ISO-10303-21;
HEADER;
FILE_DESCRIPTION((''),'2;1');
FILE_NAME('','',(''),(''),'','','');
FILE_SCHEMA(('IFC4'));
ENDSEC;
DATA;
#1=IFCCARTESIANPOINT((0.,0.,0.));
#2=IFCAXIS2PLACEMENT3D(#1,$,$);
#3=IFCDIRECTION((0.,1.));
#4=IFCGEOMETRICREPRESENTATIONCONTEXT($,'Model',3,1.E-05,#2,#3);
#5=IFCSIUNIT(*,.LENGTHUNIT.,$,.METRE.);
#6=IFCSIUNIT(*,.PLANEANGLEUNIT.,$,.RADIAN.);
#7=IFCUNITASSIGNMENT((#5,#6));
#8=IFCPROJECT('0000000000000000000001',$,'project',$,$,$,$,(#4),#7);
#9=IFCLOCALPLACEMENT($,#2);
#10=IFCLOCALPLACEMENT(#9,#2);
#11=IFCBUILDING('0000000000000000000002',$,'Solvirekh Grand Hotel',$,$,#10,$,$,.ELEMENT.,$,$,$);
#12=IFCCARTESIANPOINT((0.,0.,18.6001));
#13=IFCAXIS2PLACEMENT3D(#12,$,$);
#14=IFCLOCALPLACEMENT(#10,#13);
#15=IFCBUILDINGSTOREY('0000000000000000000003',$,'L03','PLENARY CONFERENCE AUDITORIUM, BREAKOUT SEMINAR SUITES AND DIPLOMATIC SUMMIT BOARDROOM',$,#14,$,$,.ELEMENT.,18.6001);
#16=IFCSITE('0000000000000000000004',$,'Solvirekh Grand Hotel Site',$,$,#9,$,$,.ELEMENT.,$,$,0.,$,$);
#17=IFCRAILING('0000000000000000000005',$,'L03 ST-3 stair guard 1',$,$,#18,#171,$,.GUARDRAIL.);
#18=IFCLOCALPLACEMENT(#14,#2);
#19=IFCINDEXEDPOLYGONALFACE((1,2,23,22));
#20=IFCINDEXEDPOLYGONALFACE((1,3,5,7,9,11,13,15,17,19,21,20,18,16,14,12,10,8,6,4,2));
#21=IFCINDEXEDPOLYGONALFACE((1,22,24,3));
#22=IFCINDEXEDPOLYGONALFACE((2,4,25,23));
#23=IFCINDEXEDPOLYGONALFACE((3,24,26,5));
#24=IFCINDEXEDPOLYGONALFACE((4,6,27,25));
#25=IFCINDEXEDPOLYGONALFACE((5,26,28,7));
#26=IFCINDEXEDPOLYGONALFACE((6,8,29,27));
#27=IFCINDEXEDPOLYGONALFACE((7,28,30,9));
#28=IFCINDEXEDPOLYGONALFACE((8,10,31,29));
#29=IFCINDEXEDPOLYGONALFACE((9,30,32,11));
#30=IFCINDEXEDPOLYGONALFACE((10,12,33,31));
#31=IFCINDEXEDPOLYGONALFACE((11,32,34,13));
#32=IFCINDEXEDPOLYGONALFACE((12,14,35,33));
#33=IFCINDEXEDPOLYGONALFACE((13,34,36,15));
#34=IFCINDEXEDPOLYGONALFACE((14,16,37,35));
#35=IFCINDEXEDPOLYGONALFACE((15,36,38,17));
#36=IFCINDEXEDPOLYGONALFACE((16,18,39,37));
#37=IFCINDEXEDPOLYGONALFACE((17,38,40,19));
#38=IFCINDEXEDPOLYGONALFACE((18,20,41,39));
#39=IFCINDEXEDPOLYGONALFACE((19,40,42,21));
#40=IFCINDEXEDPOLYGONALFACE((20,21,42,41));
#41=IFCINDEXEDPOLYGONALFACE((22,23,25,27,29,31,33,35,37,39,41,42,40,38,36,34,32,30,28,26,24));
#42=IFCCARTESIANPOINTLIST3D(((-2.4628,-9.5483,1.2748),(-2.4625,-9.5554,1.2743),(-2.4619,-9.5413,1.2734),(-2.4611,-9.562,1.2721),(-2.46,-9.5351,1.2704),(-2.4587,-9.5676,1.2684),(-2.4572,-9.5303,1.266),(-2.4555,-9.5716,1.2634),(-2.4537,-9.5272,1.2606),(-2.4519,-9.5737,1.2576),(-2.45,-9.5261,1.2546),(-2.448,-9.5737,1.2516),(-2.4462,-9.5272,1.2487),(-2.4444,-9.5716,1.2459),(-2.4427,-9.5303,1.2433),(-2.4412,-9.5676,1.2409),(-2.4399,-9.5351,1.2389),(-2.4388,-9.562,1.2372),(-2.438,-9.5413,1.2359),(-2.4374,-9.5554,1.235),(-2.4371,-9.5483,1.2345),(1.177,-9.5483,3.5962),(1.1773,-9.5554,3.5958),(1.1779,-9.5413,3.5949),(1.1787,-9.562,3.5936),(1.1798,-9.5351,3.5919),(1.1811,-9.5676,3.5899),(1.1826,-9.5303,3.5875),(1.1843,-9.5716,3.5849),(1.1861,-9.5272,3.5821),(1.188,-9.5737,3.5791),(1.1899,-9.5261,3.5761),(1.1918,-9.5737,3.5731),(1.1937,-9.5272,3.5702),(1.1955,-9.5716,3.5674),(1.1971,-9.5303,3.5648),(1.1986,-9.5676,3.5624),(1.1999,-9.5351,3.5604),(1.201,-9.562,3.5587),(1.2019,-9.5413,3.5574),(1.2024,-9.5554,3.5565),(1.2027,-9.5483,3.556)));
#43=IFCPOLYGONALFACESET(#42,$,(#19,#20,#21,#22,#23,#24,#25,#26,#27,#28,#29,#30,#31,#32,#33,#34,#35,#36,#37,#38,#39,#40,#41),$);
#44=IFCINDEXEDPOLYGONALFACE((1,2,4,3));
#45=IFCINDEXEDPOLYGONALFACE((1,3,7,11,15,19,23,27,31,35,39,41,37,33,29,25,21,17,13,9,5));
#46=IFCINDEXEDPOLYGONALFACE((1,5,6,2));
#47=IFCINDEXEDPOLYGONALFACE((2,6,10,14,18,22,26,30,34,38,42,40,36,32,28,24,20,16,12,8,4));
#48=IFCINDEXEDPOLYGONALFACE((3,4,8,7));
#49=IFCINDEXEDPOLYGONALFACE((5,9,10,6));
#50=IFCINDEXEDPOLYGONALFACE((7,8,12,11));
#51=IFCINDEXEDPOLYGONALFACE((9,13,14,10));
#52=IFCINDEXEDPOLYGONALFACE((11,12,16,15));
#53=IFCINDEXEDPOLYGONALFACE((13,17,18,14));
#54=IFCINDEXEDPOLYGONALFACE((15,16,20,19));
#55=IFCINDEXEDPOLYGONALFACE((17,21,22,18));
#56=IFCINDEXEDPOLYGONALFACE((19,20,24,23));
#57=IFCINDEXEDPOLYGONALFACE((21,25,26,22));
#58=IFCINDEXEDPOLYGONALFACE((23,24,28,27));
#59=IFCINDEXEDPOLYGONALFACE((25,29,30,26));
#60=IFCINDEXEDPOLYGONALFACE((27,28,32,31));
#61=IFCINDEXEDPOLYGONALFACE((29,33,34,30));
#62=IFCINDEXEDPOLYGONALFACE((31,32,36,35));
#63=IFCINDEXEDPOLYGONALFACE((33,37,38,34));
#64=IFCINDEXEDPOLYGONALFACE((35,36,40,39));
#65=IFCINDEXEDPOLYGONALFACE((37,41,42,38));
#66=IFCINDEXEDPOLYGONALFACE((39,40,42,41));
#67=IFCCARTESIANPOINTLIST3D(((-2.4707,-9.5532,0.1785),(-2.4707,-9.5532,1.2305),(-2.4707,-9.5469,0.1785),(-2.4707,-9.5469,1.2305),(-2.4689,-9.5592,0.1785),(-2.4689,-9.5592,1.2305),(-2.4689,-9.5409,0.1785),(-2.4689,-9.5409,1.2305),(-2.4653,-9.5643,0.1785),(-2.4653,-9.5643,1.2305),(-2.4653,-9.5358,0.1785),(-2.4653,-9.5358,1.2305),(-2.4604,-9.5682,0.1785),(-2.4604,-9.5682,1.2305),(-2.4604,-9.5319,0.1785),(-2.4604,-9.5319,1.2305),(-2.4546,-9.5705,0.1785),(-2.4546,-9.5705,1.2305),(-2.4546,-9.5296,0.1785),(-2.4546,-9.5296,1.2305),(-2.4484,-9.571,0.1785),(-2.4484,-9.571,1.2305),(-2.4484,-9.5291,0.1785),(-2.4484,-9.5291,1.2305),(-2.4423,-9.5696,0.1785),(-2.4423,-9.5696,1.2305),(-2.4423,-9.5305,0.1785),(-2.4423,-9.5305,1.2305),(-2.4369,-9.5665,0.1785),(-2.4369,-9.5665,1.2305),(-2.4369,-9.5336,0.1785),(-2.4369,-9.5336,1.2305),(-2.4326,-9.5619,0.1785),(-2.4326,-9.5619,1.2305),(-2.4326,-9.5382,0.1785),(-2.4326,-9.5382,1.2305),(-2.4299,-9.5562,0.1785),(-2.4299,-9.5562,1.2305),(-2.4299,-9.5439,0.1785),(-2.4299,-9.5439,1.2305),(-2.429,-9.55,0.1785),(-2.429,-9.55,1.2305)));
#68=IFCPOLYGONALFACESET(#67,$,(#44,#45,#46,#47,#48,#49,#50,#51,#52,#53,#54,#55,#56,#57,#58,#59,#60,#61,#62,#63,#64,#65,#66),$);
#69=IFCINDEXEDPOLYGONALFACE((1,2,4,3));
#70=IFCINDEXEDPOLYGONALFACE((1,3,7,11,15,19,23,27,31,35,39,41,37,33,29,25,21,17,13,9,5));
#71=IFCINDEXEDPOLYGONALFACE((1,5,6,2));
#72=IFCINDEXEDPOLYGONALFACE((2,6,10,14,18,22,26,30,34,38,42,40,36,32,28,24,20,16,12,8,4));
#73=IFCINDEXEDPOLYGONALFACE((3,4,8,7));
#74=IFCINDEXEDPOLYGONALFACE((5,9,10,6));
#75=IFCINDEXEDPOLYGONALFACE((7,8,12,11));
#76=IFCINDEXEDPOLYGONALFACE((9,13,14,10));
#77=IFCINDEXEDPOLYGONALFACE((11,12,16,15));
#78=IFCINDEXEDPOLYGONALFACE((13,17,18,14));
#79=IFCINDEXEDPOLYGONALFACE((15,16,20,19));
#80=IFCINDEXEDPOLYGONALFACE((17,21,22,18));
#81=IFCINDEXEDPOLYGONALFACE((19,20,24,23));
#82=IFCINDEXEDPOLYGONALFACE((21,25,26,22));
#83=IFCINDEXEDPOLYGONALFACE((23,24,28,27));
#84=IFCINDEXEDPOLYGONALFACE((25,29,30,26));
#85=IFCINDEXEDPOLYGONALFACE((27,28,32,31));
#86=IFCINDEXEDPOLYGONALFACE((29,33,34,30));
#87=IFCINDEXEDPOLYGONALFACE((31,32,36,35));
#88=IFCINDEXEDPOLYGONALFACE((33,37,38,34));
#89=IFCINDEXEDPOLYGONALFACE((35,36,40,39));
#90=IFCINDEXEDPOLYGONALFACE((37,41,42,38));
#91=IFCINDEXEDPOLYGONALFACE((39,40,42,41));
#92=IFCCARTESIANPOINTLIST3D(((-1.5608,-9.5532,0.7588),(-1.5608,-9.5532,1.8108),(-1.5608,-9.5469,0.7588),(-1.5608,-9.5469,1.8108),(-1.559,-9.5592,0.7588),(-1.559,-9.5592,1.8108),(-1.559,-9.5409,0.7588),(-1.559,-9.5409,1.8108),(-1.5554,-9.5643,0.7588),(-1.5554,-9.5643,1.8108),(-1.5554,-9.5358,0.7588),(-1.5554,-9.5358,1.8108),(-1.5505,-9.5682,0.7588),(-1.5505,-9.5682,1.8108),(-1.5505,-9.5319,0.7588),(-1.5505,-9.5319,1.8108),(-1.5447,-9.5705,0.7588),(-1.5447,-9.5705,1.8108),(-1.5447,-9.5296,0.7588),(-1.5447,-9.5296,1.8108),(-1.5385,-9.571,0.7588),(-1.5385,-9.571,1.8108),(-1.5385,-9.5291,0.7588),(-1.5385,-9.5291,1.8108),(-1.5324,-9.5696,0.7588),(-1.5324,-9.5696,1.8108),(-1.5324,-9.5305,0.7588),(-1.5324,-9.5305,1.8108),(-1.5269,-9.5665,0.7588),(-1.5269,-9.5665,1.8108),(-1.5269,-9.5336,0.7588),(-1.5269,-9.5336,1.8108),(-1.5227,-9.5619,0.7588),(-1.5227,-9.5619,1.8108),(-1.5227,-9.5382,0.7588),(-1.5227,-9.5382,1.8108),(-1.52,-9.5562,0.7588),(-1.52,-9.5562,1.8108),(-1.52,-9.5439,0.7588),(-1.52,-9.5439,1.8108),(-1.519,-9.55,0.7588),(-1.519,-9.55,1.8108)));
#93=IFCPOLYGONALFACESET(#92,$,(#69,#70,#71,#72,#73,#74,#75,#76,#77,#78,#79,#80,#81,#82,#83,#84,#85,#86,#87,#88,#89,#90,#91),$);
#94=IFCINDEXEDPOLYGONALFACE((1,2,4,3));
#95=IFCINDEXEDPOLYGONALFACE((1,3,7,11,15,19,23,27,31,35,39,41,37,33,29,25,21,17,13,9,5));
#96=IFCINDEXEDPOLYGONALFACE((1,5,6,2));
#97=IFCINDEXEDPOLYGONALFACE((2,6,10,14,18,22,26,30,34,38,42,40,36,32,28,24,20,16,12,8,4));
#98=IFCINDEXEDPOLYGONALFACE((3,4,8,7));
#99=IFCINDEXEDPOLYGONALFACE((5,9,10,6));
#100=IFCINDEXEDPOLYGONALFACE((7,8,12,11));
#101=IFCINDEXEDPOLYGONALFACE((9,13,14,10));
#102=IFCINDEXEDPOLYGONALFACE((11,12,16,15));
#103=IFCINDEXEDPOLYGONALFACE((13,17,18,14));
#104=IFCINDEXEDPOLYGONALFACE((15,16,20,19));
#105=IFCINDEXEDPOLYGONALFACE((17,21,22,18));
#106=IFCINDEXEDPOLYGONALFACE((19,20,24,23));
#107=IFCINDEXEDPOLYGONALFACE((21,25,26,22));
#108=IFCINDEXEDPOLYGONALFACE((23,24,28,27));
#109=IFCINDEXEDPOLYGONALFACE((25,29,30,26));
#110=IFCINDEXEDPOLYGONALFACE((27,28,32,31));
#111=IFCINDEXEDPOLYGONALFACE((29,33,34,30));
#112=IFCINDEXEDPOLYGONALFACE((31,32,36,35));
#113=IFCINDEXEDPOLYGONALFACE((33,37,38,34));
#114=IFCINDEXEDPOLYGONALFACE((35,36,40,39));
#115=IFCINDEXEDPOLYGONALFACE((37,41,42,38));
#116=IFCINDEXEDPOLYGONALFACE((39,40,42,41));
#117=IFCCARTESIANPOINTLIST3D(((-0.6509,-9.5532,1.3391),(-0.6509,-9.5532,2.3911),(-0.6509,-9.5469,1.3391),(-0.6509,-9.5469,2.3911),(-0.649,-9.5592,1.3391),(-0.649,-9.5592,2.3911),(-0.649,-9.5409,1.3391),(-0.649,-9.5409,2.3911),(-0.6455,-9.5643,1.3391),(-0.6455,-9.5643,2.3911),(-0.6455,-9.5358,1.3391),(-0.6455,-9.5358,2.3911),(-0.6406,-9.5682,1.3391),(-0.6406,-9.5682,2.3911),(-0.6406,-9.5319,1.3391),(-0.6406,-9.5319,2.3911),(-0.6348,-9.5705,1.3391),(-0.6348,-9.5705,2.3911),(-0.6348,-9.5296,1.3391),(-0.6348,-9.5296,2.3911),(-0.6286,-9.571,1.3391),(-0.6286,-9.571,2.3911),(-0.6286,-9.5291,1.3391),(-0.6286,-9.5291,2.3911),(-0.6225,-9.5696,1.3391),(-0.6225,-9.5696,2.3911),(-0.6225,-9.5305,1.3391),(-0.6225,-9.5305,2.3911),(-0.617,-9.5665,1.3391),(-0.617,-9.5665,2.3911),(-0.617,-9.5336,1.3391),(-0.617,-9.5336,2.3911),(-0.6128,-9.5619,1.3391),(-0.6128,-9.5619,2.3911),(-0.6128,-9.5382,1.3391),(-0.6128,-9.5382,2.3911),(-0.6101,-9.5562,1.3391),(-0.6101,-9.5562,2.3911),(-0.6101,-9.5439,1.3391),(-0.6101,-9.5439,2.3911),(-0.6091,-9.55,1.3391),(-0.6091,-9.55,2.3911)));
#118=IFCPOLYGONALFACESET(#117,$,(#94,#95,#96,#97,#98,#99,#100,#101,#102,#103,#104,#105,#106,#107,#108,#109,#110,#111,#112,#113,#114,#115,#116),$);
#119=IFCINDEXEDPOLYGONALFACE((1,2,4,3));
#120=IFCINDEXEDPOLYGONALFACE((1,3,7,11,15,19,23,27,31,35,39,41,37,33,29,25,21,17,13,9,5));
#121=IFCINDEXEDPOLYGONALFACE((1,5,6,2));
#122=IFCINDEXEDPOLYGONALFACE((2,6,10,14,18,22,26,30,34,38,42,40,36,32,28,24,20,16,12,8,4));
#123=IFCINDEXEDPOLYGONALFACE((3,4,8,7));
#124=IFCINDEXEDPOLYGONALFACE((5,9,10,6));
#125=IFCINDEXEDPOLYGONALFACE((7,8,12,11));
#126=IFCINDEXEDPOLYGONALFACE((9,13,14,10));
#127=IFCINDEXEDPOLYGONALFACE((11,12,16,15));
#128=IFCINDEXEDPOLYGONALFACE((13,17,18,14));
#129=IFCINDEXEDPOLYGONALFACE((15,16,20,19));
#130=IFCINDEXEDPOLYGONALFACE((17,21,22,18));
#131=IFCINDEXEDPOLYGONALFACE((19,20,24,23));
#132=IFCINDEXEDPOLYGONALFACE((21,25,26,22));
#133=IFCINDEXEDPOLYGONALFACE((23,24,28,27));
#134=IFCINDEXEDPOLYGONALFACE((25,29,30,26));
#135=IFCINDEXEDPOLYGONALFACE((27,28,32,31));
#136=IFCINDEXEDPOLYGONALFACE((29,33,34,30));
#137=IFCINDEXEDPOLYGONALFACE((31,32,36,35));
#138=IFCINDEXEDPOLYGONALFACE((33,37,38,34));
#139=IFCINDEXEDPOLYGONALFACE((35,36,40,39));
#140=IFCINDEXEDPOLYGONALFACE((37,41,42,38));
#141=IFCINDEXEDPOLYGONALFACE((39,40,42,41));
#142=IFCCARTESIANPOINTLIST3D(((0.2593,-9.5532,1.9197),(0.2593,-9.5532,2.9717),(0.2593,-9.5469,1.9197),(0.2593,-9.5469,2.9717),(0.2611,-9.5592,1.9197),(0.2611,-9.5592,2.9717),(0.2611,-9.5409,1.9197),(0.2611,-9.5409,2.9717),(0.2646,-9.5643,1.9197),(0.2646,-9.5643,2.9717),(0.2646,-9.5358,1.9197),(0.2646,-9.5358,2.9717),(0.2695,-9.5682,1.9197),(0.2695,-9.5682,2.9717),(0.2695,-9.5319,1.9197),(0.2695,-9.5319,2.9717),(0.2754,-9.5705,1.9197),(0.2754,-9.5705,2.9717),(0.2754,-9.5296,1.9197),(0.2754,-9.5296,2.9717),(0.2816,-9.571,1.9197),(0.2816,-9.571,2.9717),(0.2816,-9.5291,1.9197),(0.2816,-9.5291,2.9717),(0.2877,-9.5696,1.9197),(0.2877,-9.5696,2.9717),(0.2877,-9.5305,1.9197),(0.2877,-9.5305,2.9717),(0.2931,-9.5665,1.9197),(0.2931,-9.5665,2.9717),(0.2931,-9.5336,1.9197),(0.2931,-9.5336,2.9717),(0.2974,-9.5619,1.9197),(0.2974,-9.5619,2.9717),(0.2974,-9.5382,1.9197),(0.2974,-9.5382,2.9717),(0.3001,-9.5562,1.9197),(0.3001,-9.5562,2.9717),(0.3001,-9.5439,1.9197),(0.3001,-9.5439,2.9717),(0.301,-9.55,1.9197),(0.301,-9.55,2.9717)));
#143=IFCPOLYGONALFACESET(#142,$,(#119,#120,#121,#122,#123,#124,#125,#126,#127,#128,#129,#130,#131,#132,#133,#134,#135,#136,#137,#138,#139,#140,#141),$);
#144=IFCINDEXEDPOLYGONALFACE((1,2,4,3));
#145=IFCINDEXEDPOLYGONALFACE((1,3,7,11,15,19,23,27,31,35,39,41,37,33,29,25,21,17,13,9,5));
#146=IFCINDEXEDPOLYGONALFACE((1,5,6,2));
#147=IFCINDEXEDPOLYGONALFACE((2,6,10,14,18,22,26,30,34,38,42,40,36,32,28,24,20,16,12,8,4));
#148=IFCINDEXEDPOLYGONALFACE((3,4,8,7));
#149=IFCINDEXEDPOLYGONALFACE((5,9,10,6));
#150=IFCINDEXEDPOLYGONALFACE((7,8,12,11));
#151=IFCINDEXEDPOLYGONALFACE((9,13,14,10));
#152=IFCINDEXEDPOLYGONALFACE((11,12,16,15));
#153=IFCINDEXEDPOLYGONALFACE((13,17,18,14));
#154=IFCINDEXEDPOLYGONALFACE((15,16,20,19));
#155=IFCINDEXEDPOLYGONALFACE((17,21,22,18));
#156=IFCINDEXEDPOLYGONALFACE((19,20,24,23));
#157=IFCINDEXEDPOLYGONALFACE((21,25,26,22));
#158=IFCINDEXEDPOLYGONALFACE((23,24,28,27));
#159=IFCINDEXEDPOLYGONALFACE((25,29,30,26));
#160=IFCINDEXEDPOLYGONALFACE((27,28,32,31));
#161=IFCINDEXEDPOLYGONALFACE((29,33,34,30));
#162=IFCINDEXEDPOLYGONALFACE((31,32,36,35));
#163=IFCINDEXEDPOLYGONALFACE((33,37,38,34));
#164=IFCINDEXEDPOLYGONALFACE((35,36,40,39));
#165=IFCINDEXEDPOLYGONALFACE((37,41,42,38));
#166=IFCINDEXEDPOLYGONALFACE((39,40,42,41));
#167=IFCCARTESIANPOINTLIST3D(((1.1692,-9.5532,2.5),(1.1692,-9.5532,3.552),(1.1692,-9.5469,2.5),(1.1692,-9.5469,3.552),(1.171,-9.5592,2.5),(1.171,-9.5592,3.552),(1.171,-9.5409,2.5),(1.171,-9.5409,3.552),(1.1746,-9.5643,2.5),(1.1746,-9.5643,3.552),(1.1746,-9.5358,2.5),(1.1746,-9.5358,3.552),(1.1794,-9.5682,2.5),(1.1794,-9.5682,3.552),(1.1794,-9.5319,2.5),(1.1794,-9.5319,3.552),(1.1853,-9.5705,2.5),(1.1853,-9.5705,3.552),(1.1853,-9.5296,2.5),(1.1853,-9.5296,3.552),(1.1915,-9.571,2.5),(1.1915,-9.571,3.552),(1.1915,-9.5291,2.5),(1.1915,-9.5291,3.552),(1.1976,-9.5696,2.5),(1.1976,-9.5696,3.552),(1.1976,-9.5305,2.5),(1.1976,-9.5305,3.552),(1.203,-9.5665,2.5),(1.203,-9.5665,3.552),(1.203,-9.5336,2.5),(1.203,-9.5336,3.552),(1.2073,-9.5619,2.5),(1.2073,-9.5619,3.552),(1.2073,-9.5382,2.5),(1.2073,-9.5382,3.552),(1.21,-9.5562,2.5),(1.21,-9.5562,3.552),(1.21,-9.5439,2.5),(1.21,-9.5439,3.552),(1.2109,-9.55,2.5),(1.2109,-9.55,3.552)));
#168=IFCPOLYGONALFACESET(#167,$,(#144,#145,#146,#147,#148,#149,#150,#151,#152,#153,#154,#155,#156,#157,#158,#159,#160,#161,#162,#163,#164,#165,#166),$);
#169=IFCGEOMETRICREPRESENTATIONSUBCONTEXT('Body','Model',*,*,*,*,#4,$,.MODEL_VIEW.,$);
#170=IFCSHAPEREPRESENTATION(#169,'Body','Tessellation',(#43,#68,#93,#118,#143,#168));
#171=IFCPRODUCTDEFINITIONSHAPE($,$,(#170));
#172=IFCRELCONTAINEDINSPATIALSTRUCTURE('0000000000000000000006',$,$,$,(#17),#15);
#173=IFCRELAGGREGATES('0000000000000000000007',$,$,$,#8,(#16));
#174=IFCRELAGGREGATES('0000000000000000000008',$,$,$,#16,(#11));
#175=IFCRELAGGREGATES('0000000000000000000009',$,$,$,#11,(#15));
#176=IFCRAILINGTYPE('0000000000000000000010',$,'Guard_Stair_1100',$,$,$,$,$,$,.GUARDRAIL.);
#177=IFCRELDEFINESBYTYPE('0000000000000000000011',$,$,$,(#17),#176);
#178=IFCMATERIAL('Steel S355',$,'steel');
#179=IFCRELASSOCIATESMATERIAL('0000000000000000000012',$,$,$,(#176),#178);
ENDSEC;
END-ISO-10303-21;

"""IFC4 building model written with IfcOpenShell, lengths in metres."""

from ifc_helpers import new_model, si_unit, direction, frame, origin, origin_2d, place, context, subcontext, project, spatial, circle, extrude, material, type_object, element, save


model = new_model("IFC4")

# Units and contexts
model_context = context("Model", 3, precision=1e-05, world=origin(), true_north=direction((0.0, 1.0)))
body_context = subcontext(model_context, "Body", "Model", "MODEL_VIEW")
ifc_project = project(units=[si_unit("LENGTHUNIT", "METRE"), si_unit("PLANEANGLEUNIT", "RADIAN")], contexts=[model_context])

# Site, building, storey
site_placement = place(None, origin())
site = spatial("IfcSite", under=ifc_project, at=site_placement, Name="Solvirekh Grand Hotel Site", CompositionType="ELEMENT", RefElevation=0.0)
building_placement = place(site_placement, origin())
building = spatial("IfcBuilding", under=site, at=building_placement, Name="Solvirekh Grand Hotel", CompositionType="ELEMENT")
storey_placement = place(building_placement, frame((0.0, 0.0, 18.6001)))
storey = spatial("IfcBuildingStorey", under=building, at=storey_placement, Name="L03", Description="PLENARY CONFERENCE AUDITORIUM, BREAKOUT SEMINAR SUITES AND DIPLOMATIC SUMMIT BOARDROOM", CompositionType="ELEMENT", Elevation=18.6001)

# Shared definitions
ifc_material_1 = material(Name="Steel S355", Category="steel")

# Railing
railing_type_1 = type_object("IfcRailingType", Name="Guard_Stair_1100", PredefinedType="GUARDRAIL", material=ifc_material_1)
railing_1_placement = place(storey_placement, frame((-2.45, -9.55, 0.1785)))
element("IfcRailing", 1, at=railing_1_placement, inside=storey, type_object=railing_type_1, Name="L03 ST-3 stair guard 1", PredefinedType="GUARDRAIL", context=body_context, shape_type="SweptSolid", body=[
    extrude(circle(Radius=0.0239, at=origin_2d()), frame((0.0, 0.0, 1.0762), z_axis=(0.843112, 0.0, 0.537739), x_axis=(0.0, 1.0, 0.0)), (0.0, 0.0, 1.0), 4.3171),
    extrude(circle(Radius=0.021, at=origin_2d()), origin(), (0.0, 0.0, 1.0), 1.052),
    extrude(circle(Radius=0.021, at=origin_2d()), frame((0.9099, 0.0, 0.5803)), (0.0, 0.0, 1.0), 1.052),
    extrude(circle(Radius=0.021, at=origin_2d()), frame((1.8198, 0.0, 1.1606)), (0.0, 0.0, 1.0), 1.052),
    extrude(circle(Radius=0.021, at=origin_2d()), frame((2.73, 0.0, 1.7412)), (0.0, 0.0, 1.0), 1.052),
    extrude(circle(Radius=0.021, at=origin_2d()), frame((3.6399, 0.0, 2.3215)), (0.0, 0.0, 1.0), 1.052),
])

save(model, "model.ifc")
